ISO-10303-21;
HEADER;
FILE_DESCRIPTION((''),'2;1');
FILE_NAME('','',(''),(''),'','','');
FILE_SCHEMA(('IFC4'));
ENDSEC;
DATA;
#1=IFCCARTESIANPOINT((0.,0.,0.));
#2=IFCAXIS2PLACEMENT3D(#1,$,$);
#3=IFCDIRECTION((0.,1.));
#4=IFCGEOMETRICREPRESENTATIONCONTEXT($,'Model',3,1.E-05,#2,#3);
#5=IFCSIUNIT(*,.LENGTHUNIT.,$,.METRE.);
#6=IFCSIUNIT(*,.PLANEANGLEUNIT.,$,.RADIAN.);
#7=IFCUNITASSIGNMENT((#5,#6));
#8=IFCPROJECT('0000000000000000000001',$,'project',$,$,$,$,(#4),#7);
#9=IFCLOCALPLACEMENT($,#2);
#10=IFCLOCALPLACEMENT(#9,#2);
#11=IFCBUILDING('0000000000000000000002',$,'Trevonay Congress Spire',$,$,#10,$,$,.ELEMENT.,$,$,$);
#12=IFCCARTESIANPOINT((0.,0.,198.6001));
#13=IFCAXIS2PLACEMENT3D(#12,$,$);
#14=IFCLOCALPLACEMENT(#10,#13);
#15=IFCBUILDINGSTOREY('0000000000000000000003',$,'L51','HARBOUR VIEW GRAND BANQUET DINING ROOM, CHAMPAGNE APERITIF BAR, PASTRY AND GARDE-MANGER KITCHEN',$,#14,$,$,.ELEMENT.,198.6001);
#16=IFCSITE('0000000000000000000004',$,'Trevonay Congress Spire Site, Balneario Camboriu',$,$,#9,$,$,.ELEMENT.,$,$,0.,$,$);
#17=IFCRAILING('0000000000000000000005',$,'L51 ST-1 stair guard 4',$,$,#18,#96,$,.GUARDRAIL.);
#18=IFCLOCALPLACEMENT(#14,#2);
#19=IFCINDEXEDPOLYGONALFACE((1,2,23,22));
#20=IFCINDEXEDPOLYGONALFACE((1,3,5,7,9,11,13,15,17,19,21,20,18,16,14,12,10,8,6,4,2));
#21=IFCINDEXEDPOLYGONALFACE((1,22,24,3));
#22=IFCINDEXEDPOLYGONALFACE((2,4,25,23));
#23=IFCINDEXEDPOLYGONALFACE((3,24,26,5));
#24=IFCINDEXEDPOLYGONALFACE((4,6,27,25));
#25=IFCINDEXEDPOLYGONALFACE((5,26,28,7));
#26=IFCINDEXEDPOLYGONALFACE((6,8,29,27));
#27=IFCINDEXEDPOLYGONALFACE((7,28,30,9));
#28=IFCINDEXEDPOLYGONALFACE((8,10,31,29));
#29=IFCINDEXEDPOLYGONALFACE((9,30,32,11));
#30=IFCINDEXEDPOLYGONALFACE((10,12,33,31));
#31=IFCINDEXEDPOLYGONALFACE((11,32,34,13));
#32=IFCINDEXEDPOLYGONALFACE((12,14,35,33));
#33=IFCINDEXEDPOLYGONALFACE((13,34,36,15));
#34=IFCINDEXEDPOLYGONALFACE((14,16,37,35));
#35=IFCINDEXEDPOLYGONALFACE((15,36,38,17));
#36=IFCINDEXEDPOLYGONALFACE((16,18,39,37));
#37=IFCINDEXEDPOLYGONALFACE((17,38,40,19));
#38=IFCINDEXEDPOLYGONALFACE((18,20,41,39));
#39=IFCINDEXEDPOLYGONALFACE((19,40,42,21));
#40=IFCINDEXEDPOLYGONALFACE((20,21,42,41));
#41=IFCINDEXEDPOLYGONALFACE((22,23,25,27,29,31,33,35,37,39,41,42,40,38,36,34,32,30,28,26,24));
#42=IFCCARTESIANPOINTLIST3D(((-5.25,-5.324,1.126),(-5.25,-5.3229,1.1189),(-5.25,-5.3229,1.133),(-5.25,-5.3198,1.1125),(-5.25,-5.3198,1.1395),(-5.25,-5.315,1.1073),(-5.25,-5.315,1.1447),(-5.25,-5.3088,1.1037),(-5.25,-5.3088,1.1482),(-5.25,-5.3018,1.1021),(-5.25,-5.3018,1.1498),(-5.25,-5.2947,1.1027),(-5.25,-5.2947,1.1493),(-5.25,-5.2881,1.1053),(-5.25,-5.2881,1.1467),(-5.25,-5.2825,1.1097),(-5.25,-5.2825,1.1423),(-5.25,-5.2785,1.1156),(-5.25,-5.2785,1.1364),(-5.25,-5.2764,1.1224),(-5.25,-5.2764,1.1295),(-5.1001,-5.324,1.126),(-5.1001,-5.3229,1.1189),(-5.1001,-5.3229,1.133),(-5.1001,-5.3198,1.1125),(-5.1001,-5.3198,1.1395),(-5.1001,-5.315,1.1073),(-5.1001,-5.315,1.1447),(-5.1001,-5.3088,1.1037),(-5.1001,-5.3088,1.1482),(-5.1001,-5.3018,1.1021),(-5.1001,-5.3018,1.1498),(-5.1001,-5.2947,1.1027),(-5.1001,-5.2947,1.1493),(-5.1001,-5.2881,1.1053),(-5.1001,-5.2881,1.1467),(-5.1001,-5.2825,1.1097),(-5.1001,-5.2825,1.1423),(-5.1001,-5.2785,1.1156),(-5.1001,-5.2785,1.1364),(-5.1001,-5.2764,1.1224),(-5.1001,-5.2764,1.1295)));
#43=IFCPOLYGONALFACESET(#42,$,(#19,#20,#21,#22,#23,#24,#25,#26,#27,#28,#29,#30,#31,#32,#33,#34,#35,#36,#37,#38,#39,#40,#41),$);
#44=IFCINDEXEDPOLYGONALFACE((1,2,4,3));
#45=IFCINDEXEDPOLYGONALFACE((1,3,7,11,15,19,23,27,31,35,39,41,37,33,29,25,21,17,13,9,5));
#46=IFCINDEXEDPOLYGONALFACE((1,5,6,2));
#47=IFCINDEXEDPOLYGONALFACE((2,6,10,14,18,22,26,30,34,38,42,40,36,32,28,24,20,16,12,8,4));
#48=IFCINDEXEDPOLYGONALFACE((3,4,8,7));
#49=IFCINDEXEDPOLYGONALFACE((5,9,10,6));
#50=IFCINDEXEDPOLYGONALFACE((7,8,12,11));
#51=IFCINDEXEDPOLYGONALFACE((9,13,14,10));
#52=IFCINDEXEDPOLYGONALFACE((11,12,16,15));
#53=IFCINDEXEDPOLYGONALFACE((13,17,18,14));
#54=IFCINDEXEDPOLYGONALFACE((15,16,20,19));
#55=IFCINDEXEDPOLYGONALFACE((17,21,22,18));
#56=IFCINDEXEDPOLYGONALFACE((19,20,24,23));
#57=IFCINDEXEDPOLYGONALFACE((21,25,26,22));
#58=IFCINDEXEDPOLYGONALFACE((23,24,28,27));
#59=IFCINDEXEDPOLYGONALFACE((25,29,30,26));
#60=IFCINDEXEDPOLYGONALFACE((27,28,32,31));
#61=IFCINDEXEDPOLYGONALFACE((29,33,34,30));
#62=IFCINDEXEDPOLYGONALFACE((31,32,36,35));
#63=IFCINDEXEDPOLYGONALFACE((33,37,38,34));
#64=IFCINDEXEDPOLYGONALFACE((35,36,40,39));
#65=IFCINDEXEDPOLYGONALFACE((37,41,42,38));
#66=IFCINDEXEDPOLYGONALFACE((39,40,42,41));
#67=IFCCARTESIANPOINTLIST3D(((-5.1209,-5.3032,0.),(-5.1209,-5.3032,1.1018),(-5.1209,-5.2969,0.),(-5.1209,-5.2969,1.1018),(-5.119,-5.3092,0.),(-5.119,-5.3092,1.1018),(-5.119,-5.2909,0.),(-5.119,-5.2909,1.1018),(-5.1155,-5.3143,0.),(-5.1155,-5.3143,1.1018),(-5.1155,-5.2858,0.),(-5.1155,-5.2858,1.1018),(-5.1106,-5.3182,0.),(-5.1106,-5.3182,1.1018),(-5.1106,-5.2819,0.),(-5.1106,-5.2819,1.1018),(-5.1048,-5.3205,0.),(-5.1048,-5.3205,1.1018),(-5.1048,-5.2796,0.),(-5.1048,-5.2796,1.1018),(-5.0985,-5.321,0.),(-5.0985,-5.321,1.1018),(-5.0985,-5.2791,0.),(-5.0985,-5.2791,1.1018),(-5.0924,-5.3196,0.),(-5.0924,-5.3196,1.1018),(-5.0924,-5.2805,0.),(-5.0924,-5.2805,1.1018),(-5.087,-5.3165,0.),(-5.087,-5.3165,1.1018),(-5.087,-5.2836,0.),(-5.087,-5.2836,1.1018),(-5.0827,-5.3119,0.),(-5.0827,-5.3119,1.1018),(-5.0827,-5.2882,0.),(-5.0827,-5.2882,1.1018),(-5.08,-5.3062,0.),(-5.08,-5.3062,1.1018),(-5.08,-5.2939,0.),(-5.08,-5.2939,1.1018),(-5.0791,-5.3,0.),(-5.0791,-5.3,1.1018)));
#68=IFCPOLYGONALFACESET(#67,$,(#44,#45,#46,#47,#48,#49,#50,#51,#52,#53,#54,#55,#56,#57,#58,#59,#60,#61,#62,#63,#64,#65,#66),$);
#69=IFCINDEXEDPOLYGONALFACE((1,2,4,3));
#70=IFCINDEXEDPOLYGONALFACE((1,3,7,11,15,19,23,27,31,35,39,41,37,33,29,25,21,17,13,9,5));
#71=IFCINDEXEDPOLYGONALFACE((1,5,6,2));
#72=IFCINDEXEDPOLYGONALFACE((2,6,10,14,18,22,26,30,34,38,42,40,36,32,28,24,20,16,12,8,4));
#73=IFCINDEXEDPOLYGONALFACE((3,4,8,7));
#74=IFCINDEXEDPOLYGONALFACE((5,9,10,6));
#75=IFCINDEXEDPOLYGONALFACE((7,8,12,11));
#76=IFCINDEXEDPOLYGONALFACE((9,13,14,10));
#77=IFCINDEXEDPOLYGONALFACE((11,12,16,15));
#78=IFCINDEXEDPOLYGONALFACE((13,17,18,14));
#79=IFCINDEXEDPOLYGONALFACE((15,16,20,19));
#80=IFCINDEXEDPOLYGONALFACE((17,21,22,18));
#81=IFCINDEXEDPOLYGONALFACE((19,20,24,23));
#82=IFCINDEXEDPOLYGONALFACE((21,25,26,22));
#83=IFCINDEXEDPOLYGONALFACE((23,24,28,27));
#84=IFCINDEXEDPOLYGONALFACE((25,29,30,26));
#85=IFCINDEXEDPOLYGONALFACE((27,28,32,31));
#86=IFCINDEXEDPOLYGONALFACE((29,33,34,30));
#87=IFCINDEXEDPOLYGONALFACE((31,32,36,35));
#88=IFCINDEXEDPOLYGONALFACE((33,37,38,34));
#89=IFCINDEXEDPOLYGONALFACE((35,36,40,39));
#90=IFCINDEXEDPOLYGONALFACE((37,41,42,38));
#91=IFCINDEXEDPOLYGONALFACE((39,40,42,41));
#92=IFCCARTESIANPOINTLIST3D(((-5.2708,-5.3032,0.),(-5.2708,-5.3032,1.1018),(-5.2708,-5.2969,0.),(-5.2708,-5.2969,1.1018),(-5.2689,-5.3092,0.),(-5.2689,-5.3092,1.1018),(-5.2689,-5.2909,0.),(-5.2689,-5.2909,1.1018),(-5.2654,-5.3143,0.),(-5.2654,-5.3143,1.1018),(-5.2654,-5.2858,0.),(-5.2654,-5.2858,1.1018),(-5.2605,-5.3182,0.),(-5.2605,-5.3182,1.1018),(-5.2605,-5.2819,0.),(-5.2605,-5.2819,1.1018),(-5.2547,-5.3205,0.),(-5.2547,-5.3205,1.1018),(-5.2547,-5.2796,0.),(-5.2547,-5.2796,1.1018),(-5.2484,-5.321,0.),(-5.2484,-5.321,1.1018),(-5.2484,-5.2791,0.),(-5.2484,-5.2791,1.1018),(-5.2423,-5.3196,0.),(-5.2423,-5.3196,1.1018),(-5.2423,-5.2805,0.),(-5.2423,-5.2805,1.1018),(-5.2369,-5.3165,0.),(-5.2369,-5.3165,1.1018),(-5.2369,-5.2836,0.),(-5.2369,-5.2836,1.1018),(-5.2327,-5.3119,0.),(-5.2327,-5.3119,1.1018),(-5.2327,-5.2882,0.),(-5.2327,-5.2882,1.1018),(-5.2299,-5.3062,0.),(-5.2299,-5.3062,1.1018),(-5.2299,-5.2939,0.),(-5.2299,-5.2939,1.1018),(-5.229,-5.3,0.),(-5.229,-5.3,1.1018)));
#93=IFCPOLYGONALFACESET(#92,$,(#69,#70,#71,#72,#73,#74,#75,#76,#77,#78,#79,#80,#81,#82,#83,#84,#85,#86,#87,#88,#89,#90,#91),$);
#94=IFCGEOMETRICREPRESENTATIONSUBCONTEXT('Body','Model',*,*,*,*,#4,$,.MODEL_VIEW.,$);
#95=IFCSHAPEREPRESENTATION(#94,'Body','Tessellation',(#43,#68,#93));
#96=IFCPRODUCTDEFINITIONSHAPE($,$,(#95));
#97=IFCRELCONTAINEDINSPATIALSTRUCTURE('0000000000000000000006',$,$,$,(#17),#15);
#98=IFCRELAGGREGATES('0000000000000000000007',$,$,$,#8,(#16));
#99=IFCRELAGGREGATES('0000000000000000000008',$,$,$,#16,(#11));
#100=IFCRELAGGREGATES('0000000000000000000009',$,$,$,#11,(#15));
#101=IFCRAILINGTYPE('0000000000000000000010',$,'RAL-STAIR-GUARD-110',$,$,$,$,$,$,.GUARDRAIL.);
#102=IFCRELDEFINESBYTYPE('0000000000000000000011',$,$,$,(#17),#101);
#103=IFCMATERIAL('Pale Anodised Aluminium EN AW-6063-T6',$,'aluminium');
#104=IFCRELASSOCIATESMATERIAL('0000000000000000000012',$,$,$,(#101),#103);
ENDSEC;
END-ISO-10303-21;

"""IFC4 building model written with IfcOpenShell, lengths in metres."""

from ifc_helpers import new_model, si_unit, direction, frame, origin, origin_2d, place, context, subcontext, project, spatial, circle, extrude, material, type_object, element, save


model = new_model("IFC4")

# Units and contexts
model_context = context("Model", 3, precision=1e-05, world=origin(), true_north=direction((0.0, 1.0)))
body_context = subcontext(model_context, "Body", "Model", "MODEL_VIEW")
ifc_project = project(units=[si_unit("LENGTHUNIT", "METRE"), si_unit("PLANEANGLEUNIT", "RADIAN")], contexts=[model_context])

# Site, building, storey
site_placement = place(None, origin())
site = spatial("IfcSite", under=ifc_project, at=site_placement, Name="Trevonay Congress Spire Site, Balneario Camboriu", CompositionType="ELEMENT", RefElevation=0.0)
building_placement = place(site_placement, origin())
building = spatial("IfcBuilding", under=site, at=building_placement, Name="Trevonay Congress Spire", CompositionType="ELEMENT")
storey_placement = place(building_placement, frame((0.0, 0.0, 198.6001)))
storey = spatial("IfcBuildingStorey", under=building, at=storey_placement, Name="L51", Description="HARBOUR VIEW GRAND BANQUET DINING ROOM, CHAMPAGNE APERITIF BAR, PASTRY AND GARDE-MANGER KITCHEN", CompositionType="ELEMENT", Elevation=198.6001)

# Railing
ifc_material_1 = material(Name="Pale Anodised Aluminium EN AW-6063-T6", Category="aluminium")
railing_type_1 = type_object("IfcRailingType", Name="RAL-STAIR-GUARD-110", PredefinedType="GUARDRAIL", material=ifc_material_1)
railing_1_placement = place(storey_placement, frame((-5.1001, -5.3, 0.0)))
element("IfcRailing", 1, at=railing_1_placement, inside=storey, type_object=railing_type_1, Name="L51 ST-1 stair guard 4", PredefinedType="GUARDRAIL", context=body_context, shape_type="SweptSolid", body=[
    extrude(circle(Radius=0.0239, at=origin_2d()), frame((0.0, 0.0, 1.126), z_axis=(-1.0, 0.0, 0.0), x_axis=(0.0, -1.0, 0.0)), (0.0, 0.0, 1.0), 0.1499),
    extrude(circle(Radius=0.021, at=origin_2d()), origin(), (0.0, 0.0, 1.0), 1.1018),
    extrude(circle(Radius=0.021, at=origin_2d()), frame((-0.1499, 0.0, 0.0)), (0.0, 0.0, 1.0), 1.1018),
])

save(model, "model.ifc")
